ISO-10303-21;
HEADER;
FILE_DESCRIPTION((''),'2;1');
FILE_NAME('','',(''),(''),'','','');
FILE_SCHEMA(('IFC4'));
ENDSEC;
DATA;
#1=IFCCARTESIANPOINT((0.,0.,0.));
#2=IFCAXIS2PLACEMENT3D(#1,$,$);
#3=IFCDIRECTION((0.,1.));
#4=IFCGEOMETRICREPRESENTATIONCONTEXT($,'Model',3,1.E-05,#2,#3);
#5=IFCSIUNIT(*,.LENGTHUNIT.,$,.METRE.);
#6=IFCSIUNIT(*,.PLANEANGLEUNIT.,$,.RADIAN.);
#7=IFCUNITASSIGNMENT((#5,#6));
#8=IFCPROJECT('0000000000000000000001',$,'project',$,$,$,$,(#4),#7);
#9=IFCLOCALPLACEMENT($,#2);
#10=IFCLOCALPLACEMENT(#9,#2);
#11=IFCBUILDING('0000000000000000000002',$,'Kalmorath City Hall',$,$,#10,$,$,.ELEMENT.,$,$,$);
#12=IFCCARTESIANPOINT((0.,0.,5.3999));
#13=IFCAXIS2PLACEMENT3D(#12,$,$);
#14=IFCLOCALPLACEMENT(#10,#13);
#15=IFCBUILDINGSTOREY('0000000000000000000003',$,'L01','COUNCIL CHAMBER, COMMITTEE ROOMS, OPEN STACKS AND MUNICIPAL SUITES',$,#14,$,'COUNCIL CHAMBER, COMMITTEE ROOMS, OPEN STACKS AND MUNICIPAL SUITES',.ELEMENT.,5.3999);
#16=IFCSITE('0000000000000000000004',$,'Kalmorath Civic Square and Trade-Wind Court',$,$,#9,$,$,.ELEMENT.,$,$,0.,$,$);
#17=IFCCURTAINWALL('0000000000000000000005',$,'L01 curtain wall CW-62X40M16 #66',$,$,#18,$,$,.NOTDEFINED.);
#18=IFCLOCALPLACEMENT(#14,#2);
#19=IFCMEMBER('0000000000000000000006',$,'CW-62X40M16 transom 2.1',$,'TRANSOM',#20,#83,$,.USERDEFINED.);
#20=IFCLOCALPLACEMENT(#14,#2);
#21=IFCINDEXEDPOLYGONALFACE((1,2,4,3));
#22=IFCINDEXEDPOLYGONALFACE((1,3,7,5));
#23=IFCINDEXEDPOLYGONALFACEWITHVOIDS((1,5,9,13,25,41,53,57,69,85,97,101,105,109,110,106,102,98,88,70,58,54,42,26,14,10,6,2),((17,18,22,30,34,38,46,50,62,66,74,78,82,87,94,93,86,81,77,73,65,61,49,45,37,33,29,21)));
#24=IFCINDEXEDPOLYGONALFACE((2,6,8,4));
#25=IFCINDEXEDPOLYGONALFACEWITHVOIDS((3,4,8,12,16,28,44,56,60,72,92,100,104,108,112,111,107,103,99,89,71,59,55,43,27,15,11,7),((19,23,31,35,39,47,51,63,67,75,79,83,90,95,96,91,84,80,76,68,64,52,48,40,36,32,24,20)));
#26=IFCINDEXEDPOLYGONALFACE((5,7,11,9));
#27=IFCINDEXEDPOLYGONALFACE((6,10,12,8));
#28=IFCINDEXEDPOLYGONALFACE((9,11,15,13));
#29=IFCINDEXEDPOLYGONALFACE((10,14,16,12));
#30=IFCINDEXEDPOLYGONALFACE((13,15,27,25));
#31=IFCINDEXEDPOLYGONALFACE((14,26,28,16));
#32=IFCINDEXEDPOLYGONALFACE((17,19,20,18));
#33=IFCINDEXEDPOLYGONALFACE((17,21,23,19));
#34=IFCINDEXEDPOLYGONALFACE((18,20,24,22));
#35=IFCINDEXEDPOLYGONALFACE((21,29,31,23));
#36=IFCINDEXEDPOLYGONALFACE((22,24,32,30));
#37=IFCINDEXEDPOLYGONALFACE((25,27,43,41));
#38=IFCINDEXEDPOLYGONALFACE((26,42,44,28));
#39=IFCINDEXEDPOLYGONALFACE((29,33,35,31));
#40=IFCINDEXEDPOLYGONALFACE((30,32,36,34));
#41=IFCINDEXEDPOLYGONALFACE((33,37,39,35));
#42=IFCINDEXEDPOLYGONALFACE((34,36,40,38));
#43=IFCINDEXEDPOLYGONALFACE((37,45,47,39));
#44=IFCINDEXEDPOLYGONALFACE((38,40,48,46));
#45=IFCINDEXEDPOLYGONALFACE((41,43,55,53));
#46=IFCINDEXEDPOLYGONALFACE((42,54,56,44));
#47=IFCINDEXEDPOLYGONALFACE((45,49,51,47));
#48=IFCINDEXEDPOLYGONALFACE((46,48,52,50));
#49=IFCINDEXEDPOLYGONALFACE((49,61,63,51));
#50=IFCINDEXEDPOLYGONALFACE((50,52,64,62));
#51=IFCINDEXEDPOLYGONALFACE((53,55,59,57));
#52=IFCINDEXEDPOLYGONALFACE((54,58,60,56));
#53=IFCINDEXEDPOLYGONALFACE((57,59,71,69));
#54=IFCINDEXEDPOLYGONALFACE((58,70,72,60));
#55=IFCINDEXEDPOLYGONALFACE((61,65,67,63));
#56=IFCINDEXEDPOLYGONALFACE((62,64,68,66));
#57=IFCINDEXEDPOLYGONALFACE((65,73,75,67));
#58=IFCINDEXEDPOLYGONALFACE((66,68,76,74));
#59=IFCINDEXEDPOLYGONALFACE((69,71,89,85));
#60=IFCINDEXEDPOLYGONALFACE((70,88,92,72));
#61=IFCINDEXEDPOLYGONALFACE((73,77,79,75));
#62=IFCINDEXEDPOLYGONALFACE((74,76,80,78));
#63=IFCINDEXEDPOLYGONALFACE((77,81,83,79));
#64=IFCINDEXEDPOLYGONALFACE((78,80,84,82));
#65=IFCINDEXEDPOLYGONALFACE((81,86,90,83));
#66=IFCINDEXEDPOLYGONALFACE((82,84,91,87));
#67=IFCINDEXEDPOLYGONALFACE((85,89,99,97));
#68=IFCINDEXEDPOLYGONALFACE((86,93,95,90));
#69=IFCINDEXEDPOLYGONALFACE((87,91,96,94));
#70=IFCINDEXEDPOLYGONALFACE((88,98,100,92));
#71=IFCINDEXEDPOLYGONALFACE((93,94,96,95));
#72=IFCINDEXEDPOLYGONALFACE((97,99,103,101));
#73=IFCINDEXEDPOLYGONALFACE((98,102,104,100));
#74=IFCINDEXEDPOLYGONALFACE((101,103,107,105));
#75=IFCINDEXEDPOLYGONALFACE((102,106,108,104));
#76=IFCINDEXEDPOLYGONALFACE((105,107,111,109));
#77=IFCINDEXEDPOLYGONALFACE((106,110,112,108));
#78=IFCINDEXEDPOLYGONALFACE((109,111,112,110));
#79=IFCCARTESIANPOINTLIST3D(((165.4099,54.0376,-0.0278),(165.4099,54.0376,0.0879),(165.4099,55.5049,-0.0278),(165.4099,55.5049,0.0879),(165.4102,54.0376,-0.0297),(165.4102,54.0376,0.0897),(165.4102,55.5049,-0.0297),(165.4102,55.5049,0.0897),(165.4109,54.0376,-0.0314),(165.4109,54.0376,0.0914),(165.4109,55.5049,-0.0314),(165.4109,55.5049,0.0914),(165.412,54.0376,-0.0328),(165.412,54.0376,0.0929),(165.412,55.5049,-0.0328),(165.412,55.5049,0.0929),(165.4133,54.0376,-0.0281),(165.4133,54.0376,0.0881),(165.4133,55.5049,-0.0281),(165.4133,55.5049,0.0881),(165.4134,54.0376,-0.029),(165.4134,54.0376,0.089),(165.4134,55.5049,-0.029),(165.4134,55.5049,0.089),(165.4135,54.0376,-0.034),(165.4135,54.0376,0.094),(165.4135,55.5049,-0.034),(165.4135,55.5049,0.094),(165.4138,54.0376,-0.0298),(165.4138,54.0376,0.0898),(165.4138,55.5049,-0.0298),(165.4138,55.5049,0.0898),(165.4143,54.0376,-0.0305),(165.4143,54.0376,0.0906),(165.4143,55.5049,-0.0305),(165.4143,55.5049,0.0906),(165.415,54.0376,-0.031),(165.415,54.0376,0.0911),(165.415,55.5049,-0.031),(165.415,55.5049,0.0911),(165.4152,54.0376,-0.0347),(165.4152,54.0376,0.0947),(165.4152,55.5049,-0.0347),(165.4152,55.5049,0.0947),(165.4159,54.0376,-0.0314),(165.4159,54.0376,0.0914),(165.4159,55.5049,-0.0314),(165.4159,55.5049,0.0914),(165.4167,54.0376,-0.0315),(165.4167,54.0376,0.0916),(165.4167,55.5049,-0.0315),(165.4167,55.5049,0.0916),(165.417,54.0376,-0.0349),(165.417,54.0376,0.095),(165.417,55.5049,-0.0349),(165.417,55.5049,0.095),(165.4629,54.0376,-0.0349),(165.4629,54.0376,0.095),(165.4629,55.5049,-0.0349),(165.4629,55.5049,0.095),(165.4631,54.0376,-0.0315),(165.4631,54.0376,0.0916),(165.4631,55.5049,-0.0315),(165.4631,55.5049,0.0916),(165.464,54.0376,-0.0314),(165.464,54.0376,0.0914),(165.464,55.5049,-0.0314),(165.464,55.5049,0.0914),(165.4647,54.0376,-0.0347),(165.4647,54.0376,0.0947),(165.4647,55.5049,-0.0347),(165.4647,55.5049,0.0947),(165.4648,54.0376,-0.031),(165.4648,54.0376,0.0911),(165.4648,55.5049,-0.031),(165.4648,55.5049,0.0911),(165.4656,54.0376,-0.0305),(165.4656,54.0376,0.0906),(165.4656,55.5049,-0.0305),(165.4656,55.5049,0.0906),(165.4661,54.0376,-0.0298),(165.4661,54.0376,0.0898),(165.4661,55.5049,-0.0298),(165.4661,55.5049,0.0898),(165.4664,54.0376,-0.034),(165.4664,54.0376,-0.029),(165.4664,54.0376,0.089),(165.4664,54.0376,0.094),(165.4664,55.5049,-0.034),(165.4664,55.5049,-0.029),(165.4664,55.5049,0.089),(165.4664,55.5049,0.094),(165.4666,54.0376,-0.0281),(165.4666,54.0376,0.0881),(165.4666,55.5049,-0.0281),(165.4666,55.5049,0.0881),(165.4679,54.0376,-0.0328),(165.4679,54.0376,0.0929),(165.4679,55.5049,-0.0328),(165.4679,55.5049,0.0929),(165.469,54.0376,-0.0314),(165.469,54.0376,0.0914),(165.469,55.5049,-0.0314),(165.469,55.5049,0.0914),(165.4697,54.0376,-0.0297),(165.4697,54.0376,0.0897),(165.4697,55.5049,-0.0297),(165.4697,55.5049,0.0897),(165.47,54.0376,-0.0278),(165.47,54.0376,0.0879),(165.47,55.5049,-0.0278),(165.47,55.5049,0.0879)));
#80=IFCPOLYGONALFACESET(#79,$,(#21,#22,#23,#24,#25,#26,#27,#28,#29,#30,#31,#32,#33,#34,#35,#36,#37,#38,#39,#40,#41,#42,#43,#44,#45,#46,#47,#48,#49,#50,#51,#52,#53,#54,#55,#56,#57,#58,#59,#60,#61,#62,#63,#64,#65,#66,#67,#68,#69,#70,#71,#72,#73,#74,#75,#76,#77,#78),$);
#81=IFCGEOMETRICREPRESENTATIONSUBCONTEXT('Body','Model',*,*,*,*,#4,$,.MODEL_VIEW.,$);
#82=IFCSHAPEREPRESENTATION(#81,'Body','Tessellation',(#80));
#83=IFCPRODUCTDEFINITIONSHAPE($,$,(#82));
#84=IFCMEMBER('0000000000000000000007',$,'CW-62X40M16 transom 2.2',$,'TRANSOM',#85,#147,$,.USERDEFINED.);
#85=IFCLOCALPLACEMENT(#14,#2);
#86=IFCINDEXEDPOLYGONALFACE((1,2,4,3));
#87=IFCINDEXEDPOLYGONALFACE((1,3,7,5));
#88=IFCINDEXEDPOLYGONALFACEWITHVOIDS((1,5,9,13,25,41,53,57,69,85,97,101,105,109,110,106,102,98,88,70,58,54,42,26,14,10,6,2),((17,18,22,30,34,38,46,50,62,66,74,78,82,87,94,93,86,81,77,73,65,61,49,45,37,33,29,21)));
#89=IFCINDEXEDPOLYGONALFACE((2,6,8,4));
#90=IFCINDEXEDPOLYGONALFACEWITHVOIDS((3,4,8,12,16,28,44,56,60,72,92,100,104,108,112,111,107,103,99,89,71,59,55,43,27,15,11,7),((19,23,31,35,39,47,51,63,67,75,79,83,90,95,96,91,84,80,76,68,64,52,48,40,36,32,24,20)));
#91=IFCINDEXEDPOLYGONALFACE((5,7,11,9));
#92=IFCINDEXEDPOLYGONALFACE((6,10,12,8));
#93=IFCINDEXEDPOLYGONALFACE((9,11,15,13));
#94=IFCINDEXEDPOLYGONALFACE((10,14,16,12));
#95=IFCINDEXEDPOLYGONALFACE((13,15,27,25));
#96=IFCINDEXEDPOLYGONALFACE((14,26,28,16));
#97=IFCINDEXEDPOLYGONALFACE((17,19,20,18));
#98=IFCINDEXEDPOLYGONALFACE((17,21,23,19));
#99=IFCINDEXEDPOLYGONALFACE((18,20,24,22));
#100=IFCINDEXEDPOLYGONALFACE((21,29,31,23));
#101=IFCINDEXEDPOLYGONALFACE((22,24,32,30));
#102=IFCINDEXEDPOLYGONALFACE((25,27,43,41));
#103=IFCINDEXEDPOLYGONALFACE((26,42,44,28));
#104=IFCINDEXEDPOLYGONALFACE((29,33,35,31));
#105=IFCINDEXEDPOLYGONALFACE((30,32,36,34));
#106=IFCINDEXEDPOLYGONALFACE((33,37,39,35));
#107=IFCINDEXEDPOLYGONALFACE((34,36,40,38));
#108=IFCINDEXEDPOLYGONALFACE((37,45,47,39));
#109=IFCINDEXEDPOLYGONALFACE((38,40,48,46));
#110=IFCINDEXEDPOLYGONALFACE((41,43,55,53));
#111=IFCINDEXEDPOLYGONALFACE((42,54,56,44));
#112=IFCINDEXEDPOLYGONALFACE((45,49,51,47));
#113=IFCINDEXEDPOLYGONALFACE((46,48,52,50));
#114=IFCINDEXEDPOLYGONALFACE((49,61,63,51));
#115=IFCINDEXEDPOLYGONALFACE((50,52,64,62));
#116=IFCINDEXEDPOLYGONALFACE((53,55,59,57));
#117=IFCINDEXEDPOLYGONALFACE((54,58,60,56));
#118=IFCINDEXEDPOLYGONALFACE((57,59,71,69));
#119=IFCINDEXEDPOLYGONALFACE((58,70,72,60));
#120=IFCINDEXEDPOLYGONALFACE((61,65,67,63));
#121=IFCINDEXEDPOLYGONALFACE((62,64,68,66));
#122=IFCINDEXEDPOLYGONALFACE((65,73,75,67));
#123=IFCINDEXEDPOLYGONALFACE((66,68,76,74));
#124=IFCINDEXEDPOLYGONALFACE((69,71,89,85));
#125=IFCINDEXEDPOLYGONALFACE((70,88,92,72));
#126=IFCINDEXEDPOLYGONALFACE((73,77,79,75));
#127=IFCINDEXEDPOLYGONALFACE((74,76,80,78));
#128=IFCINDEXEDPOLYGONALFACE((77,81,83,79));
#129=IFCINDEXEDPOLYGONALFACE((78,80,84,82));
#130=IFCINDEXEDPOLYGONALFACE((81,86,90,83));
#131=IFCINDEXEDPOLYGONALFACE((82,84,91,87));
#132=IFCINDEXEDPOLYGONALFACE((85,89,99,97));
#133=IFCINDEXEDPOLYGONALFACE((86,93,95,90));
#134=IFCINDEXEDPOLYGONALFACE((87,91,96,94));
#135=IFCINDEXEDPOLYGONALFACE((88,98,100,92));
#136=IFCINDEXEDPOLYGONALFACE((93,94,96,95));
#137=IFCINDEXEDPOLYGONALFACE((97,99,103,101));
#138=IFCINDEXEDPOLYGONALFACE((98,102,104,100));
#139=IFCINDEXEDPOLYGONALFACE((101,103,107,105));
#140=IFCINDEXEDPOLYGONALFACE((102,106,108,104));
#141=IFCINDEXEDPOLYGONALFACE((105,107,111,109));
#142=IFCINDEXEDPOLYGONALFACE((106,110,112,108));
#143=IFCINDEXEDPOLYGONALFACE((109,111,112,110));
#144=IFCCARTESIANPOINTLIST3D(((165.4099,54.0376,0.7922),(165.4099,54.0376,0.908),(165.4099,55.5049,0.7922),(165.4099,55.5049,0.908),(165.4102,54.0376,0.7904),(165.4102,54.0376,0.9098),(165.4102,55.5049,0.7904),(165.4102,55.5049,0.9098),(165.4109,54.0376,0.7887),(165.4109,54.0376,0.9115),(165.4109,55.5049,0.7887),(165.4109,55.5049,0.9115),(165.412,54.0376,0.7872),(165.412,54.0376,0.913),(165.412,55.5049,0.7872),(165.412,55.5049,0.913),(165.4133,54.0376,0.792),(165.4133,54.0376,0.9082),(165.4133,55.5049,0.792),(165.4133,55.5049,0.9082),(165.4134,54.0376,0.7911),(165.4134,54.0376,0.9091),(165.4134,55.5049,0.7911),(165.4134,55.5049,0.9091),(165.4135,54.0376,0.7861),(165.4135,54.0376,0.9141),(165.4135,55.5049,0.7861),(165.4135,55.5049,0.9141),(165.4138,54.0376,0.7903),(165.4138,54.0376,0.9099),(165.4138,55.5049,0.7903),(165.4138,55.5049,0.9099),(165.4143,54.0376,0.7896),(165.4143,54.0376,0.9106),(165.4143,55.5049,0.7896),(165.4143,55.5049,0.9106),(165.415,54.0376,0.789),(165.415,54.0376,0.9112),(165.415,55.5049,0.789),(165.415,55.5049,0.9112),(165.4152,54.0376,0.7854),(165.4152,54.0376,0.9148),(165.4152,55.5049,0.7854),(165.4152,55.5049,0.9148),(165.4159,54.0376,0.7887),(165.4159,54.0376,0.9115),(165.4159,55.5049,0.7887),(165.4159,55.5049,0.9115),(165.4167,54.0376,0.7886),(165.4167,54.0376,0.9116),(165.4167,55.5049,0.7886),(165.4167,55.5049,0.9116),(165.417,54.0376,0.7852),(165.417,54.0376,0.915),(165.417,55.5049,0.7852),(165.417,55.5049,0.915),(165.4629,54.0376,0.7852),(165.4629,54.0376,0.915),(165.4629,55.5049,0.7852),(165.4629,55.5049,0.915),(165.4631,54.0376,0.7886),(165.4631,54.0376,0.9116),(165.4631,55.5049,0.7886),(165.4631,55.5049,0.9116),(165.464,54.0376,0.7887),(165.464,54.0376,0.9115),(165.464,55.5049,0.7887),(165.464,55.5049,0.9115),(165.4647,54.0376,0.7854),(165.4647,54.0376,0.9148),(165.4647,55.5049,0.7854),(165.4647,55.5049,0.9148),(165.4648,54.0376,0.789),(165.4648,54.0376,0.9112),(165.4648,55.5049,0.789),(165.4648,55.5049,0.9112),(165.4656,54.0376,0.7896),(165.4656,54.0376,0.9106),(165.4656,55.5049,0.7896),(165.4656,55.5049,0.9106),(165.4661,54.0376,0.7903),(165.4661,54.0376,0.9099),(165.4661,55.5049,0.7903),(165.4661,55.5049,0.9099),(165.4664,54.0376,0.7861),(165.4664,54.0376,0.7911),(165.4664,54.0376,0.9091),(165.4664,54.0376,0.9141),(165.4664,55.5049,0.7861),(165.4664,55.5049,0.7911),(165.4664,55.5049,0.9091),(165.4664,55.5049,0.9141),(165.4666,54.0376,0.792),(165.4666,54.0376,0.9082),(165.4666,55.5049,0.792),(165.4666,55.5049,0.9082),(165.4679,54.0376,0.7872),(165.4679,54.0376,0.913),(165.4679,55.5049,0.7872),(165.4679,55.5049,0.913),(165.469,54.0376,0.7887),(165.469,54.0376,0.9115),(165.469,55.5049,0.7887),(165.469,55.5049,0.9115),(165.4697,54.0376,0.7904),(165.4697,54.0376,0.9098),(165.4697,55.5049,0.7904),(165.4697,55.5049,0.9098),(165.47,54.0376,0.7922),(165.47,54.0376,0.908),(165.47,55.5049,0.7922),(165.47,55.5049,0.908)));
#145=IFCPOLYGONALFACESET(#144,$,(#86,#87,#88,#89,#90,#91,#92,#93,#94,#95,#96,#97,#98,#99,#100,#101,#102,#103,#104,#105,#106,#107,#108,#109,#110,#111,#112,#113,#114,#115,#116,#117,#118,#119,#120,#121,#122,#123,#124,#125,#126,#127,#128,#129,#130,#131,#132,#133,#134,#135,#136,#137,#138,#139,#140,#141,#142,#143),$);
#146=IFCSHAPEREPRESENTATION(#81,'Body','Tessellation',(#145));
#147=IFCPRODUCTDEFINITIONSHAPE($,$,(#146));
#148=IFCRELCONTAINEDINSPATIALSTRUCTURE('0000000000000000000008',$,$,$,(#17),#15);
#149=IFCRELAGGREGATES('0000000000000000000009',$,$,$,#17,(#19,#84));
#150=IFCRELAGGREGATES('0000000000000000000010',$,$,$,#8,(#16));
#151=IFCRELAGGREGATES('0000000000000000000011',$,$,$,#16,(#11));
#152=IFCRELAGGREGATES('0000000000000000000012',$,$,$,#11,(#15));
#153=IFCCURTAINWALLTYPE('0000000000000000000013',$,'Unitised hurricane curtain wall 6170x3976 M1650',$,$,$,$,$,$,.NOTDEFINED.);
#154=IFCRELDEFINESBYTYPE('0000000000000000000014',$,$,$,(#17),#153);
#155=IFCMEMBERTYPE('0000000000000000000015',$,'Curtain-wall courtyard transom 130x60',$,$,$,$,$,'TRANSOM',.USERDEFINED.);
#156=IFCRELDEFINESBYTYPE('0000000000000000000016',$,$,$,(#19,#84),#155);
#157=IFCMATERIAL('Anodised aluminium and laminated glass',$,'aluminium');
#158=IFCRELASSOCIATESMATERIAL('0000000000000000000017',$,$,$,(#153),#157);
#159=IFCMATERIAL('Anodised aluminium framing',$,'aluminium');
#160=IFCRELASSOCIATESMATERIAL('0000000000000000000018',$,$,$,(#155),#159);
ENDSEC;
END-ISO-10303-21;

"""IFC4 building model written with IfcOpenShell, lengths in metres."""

from ifc_helpers import new_model, si_unit, direction, frame, origin, origin_2d, place, context, subcontext, project, spatial, hollow_rectangle, extrude, material, material_profile, profile_set, type_object, element, aggregate, save


model = new_model("IFC4")

# Units and contexts
model_context = context("Model", 3, precision=1e-05, world=origin(), true_north=direction((0.0, 1.0)))
body_context = subcontext(model_context, "Body", "Model", "MODEL_VIEW")
ifc_project = project(units=[si_unit("LENGTHUNIT", "METRE"), si_unit("PLANEANGLEUNIT", "RADIAN")], contexts=[model_context])

# Site, building, storey
site_placement = place(None, origin())
site = spatial("IfcSite", under=ifc_project, at=site_placement, Name="Kalmorath Civic Square and Trade-Wind Court", CompositionType="ELEMENT", RefElevation=0.0)
building_placement = place(site_placement, origin())
building = spatial("IfcBuilding", under=site, at=building_placement, Name="Kalmorath City Hall", CompositionType="ELEMENT")
storey_placement = place(building_placement, frame((0.0, 0.0, 5.3999)))
storey = spatial("IfcBuildingStorey", under=building, at=storey_placement, Name="L01", Description="COUNCIL CHAMBER, COMMITTEE ROOMS, OPEN STACKS AND MUNICIPAL SUITES", LongName="COUNCIL CHAMBER, COMMITTEE ROOMS, OPEN STACKS AND MUNICIPAL SUITES", CompositionType="ELEMENT", Elevation=5.3999)

# Curtain wall, members
ifc_material_1 = material(Name="Anodised aluminium and laminated glass", Category="aluminium")
curtain_wall_type = type_object("IfcCurtainWallType", Name="Unitised hurricane curtain wall 6170x3976 M1650", PredefinedType="NOTDEFINED", material=ifc_material_1)
curtain_wall_placement = place(storey_placement, origin())
curtain_wall = element("IfcCurtainWall", 1, at=curtain_wall_placement, inside=storey, type_object=curtain_wall_type, Name="L01 curtain wall CW-62X40M16 #66", PredefinedType="NOTDEFINED")
ifc_material_2 = material(Name="Anodised aluminium framing", Category="aluminium")
ifc_material_profile_1 = material_profile(ifc_material_2, hollow_rectangle(XDim=0.0601, YDim=0.1299, WallThickness=0.0034, InnerFilletRadius=0.0034, OuterFilletRadius=0.0071, at=origin_2d()), Name="ALU-TRN-130X60X3.5")
ifc_profile_set_1 = profile_set([ifc_material_profile_1], Name="Anodised aluminium framing")
member_type_1 = type_object("IfcMemberType", Name="Curtain-wall courtyard transom 130x60", ElementType="TRANSOM", PredefinedType="USERDEFINED", material=ifc_profile_set_1)
member_1_placement = place(storey_placement, frame((165.4399, 55.5049, 0.03), z_axis=(0.0, -1.0, 0.0), x_axis=(1.0, 0.0, 0.0)))
member_1 = element("IfcMember", 2, at=member_1_placement, type_object=member_type_1, Name="CW-62X40M16 transom 2.1", ObjectType="TRANSOM", PredefinedType="USERDEFINED", context=body_context, shape_type="SweptSolid", body=[
    extrude(hollow_rectangle(XDim=0.0601, YDim=0.1299, WallThickness=0.0034, InnerFilletRadius=0.0034, OuterFilletRadius=0.0071, at=origin_2d()), origin(), (0.0, 0.0, 1.0), 1.4673),
])
member_2_placement = place(storey_placement, frame((165.4399, 55.5049, 0.8501), z_axis=(0.0, -1.0, 0.0), x_axis=(1.0, 0.0, 0.0)))
member_2 = element("IfcMember", 3, at=member_2_placement, type_object=member_type_1, Name="CW-62X40M16 transom 2.2", ObjectType="TRANSOM", PredefinedType="USERDEFINED", context=body_context, shape_type="SweptSolid", body=[
    extrude(hollow_rectangle(XDim=0.0601, YDim=0.1299, WallThickness=0.0034, InnerFilletRadius=0.0034, OuterFilletRadius=0.0071, at=origin_2d()), origin(), (0.0, 0.0, 1.0), 1.4673),
])

aggregate(curtain_wall, [member_1, member_2])

save(model, "model.ifc")
